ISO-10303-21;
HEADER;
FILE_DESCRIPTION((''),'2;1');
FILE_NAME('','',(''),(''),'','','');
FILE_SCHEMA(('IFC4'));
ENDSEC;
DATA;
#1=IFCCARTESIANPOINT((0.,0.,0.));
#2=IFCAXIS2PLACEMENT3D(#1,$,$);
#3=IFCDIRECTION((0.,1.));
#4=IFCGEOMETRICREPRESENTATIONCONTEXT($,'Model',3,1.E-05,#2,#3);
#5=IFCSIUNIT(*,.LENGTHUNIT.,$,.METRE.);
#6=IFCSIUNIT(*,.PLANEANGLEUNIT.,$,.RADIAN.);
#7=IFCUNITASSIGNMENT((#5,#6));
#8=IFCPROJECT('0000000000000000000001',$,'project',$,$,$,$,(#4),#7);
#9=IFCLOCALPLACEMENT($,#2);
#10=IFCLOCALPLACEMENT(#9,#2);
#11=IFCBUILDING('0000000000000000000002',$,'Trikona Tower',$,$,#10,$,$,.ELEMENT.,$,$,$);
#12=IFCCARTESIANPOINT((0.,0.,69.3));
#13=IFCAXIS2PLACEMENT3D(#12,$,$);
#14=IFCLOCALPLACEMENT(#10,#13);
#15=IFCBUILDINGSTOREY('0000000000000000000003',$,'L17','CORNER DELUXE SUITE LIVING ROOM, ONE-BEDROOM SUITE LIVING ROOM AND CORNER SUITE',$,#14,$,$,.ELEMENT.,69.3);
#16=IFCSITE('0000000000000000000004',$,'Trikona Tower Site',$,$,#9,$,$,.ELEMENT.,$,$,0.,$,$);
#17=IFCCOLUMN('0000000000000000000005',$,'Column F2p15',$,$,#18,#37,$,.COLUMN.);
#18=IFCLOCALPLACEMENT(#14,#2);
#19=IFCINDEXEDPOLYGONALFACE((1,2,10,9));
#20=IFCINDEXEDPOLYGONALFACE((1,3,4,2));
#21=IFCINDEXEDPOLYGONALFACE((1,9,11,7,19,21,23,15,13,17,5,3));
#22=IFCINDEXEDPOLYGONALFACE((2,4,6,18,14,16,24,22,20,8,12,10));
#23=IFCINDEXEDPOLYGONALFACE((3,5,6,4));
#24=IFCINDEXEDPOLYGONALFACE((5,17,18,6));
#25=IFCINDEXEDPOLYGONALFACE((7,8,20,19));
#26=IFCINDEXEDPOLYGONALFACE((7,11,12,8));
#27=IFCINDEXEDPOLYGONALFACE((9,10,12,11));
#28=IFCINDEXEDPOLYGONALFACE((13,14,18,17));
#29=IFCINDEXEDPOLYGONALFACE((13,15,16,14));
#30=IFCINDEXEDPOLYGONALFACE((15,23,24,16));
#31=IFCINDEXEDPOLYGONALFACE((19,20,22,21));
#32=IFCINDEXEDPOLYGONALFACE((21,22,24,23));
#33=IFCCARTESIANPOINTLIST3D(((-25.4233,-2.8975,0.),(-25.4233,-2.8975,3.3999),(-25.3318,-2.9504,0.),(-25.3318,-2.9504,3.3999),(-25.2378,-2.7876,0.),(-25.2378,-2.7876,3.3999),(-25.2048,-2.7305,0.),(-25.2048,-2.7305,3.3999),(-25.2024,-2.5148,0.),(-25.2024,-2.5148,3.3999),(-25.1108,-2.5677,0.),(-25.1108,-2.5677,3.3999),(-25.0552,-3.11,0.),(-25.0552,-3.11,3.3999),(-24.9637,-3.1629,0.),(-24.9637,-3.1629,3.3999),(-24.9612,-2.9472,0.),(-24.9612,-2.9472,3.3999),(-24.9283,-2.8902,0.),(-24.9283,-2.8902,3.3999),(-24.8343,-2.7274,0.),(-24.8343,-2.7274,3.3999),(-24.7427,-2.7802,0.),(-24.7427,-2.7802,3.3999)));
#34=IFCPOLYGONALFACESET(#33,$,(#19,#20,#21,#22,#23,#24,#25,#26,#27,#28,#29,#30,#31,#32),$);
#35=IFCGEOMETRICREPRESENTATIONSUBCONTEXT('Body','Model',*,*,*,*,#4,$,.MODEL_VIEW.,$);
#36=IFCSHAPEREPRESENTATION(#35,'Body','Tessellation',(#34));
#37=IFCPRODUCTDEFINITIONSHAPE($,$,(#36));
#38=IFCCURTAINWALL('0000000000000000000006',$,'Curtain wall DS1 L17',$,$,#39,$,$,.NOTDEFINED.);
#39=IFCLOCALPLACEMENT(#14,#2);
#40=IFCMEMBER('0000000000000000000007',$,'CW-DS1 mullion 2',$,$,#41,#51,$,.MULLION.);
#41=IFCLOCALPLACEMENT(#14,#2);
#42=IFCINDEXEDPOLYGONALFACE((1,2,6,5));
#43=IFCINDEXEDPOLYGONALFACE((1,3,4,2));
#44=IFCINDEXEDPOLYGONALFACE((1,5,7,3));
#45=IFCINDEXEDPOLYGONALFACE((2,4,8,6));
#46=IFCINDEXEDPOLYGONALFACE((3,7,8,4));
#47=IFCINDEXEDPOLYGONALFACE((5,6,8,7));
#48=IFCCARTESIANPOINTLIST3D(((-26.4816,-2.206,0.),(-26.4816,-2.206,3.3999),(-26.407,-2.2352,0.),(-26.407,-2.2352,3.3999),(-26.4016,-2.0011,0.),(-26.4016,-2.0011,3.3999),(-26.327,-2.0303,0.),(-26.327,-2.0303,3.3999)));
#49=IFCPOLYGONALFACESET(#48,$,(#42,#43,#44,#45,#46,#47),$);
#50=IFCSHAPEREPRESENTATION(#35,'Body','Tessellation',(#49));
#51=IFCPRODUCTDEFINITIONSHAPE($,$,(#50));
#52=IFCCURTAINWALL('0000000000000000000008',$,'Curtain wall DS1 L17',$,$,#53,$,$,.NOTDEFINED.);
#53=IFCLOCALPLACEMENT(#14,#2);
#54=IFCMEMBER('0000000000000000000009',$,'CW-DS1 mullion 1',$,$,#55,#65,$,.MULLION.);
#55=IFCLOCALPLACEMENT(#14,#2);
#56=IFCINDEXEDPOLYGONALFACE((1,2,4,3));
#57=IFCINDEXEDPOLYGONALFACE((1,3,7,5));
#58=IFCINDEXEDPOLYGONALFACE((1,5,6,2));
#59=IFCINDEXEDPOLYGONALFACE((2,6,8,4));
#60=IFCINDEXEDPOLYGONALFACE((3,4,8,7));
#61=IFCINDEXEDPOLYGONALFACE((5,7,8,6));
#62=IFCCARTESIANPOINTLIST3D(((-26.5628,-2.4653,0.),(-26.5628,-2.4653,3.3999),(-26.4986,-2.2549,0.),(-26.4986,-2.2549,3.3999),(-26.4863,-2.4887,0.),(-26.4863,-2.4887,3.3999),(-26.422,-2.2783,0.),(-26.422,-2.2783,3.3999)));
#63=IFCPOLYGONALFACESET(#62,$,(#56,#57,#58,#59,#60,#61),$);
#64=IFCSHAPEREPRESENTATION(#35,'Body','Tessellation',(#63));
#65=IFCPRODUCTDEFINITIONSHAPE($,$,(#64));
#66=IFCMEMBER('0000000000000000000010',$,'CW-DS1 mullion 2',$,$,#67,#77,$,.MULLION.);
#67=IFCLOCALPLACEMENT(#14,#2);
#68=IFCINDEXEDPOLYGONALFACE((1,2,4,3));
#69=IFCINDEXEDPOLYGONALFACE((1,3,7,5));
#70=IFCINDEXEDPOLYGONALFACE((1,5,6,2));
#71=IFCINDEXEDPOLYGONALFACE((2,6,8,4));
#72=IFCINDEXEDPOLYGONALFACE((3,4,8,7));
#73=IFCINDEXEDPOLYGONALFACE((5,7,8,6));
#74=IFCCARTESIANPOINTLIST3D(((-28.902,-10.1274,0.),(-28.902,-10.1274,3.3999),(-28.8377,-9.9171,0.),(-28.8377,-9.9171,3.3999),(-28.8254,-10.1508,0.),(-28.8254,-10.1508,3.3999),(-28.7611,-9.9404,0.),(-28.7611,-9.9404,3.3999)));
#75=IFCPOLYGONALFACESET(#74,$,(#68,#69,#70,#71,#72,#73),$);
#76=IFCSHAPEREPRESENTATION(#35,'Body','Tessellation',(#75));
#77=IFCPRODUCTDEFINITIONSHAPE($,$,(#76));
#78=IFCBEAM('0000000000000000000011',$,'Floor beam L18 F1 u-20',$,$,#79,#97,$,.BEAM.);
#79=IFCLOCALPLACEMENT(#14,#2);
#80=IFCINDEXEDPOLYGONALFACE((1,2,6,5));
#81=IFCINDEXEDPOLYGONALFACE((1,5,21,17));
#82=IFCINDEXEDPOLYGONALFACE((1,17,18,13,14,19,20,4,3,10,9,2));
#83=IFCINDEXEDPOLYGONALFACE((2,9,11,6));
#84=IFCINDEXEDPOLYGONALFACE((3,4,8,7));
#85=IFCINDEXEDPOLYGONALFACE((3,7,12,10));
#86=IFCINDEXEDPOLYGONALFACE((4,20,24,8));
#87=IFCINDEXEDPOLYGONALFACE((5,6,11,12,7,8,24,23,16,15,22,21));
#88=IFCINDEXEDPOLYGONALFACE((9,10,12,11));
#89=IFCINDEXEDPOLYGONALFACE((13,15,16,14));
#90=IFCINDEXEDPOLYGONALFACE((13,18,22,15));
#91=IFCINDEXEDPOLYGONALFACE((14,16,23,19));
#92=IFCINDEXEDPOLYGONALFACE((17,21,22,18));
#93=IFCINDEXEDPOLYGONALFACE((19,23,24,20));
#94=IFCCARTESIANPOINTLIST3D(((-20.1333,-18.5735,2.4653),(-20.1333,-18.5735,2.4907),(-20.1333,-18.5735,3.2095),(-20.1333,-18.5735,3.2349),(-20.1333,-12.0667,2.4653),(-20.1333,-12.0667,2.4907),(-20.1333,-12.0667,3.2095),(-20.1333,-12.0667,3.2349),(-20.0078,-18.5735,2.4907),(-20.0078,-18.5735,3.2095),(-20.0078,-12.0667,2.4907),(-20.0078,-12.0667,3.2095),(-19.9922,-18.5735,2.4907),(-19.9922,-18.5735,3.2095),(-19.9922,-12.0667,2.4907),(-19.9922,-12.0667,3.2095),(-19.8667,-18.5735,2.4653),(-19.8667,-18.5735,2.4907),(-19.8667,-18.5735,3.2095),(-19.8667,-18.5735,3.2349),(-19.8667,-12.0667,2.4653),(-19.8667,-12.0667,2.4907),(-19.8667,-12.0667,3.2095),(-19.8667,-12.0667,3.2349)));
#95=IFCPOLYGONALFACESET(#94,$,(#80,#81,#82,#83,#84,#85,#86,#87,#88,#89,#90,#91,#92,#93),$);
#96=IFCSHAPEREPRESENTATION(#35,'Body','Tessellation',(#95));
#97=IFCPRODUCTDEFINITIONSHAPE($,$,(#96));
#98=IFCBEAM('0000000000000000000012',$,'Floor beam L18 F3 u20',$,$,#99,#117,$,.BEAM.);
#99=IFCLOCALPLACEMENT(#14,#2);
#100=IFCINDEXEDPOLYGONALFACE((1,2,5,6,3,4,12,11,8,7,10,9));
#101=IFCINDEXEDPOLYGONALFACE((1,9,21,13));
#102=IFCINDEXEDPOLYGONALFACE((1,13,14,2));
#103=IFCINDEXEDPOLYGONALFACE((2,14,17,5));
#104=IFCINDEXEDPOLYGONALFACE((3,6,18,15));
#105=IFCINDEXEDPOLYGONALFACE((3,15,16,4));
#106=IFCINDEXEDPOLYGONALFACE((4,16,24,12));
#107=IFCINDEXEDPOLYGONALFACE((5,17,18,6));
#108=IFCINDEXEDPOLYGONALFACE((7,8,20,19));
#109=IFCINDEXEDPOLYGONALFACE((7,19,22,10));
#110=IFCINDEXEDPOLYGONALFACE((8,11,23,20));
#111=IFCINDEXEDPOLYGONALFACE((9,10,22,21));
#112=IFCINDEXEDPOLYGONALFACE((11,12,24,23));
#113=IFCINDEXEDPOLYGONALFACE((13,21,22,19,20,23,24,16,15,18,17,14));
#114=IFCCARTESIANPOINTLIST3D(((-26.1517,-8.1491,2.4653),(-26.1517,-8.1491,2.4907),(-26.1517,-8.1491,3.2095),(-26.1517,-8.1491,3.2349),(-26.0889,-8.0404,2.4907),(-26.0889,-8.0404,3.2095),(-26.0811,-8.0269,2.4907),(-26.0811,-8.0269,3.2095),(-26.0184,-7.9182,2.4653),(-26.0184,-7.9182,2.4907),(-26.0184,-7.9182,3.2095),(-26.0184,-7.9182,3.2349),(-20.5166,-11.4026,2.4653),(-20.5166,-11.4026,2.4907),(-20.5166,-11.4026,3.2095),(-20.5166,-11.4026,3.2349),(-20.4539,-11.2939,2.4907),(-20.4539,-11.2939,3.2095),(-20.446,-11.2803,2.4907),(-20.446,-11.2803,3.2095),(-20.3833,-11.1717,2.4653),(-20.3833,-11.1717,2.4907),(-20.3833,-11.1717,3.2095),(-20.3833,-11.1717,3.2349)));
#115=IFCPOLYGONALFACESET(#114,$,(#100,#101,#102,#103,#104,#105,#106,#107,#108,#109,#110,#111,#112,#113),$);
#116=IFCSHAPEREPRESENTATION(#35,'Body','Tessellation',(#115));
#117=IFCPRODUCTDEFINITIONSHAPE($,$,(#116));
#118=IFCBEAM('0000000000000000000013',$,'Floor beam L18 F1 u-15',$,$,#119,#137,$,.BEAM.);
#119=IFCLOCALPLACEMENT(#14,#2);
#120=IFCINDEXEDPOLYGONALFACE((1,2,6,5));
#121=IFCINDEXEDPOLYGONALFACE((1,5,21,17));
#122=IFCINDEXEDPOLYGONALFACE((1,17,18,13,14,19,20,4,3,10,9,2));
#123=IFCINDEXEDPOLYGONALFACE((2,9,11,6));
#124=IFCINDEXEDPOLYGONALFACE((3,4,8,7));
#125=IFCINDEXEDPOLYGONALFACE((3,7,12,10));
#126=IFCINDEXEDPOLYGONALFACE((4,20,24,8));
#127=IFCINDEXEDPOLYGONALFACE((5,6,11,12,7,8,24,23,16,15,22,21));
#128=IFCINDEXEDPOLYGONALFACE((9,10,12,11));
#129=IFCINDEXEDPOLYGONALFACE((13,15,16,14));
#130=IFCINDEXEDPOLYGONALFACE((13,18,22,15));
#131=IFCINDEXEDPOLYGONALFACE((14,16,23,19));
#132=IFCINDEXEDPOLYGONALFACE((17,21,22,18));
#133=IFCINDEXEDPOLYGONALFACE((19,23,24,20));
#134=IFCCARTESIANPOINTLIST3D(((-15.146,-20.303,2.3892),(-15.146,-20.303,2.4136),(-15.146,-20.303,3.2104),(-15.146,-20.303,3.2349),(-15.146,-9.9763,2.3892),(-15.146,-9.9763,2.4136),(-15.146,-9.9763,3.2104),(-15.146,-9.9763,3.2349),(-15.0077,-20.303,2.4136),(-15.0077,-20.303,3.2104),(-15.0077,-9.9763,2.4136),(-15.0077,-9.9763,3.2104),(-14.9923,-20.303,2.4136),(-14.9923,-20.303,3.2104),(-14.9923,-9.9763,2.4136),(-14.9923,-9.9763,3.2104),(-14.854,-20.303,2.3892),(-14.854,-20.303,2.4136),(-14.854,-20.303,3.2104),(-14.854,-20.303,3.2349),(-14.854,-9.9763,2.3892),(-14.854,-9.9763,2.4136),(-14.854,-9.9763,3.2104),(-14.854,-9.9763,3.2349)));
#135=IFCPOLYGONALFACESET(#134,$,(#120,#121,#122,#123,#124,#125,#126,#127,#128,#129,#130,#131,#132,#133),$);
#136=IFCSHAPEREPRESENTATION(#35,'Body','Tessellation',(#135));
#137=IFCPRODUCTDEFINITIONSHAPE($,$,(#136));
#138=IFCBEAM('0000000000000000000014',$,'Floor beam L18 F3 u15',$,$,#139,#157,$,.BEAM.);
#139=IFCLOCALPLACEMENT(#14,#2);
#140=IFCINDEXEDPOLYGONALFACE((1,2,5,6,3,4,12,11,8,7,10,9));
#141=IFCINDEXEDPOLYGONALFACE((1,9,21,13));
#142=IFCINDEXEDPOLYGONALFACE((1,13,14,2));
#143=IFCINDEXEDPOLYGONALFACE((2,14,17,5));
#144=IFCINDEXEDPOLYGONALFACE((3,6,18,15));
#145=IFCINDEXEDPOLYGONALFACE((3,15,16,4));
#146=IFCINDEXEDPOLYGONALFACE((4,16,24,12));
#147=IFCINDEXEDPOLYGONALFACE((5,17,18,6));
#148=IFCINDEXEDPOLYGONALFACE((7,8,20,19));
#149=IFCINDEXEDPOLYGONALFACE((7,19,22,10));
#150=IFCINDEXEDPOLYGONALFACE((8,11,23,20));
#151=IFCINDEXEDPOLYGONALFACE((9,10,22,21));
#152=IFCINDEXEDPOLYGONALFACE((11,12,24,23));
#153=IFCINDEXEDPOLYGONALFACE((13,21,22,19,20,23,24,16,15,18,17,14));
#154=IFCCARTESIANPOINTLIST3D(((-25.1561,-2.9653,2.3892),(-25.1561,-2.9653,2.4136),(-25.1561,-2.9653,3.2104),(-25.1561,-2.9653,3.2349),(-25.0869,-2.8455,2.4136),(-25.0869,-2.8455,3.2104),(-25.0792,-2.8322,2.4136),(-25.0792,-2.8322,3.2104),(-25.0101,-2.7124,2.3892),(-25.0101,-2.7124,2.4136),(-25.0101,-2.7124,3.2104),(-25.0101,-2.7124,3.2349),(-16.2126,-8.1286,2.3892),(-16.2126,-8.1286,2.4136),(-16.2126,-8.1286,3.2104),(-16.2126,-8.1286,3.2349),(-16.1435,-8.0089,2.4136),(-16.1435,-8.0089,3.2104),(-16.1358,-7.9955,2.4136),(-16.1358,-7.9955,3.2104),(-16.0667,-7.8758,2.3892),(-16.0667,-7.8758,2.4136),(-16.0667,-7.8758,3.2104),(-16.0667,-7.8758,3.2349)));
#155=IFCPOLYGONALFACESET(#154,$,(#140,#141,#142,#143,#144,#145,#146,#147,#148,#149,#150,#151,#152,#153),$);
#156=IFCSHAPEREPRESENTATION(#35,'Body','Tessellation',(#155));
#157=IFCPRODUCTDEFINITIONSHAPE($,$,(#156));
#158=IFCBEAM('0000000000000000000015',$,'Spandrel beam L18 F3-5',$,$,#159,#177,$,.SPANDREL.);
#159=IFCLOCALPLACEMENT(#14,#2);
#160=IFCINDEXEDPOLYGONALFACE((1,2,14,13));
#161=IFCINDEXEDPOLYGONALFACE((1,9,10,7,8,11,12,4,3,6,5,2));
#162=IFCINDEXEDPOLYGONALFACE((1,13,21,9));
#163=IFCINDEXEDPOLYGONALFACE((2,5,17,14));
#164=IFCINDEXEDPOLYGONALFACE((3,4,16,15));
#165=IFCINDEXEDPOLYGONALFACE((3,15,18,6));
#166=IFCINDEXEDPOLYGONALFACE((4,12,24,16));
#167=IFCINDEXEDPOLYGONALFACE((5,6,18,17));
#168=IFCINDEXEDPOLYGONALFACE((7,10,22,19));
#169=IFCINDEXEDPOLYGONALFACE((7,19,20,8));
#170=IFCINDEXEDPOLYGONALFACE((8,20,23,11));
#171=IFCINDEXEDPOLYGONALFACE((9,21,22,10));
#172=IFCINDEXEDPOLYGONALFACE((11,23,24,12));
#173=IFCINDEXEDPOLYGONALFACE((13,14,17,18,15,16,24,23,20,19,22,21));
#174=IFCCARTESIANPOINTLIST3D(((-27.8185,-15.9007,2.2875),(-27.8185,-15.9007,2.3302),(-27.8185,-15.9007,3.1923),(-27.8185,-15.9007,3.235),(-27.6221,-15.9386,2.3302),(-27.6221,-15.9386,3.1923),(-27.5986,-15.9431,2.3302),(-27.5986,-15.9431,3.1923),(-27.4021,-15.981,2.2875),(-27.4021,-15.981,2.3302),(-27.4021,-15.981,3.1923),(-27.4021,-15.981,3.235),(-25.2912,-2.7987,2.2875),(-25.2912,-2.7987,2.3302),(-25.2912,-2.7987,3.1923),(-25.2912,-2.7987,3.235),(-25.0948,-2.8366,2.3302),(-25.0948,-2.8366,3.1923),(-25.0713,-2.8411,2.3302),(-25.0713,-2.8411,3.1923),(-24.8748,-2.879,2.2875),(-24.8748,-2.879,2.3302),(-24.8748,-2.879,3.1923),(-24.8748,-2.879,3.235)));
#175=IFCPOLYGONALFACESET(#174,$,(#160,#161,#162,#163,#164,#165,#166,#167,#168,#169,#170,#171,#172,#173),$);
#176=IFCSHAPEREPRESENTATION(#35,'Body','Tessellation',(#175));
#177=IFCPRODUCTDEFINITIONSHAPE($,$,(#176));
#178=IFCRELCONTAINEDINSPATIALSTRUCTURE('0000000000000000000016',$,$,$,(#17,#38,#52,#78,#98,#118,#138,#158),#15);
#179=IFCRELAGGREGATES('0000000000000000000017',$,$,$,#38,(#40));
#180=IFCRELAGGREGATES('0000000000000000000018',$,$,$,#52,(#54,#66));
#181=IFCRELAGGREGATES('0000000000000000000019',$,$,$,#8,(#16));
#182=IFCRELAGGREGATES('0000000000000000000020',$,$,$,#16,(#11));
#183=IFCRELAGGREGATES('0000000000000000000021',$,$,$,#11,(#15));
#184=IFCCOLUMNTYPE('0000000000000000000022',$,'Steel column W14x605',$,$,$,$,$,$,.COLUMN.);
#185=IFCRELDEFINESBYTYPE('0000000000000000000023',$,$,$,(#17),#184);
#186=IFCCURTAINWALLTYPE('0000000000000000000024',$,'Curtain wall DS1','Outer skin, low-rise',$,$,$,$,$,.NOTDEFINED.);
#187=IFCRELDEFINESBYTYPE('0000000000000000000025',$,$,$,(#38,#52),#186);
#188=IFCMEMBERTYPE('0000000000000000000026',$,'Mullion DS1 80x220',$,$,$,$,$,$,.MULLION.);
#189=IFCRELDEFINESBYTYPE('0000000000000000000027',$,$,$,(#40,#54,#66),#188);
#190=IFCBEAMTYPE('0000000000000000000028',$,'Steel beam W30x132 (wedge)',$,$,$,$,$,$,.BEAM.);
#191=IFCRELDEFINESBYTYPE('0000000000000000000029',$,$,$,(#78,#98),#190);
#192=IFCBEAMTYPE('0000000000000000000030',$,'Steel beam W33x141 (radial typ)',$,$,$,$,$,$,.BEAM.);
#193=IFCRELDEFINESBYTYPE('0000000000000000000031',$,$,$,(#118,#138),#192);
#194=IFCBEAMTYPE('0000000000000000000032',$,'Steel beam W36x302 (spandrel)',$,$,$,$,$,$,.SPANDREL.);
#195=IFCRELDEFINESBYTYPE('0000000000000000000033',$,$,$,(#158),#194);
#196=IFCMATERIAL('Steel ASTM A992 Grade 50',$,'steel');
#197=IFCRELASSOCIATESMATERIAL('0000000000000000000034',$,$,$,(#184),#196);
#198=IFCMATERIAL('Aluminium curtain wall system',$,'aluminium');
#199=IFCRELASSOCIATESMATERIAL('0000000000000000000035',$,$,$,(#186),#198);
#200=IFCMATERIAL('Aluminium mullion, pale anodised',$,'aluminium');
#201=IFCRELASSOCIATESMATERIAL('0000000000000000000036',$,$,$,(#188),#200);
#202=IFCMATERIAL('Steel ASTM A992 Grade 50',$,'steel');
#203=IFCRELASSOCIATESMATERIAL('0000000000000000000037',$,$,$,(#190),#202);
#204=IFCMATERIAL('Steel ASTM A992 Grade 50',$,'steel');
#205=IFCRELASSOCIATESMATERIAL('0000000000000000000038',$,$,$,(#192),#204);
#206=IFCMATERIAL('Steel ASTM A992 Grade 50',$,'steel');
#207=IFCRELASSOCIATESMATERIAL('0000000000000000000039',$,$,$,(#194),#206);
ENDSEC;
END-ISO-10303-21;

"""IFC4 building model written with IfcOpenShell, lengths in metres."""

from ifc_helpers import new_model, si_unit, direction, frame, origin, origin_2d, place, context, subcontext, project, spatial, rectangle, i_section, extrude, material, material_profile, profile_set, type_object, element, aggregate, save


model = new_model("IFC4")

# Units and contexts
model_context = context("Model", 3, precision=1e-05, world=origin(), true_north=direction((0.0, 1.0)))
body_context = subcontext(model_context, "Body", "Model", "MODEL_VIEW")
ifc_project = project(units=[si_unit("LENGTHUNIT", "METRE"), si_unit("PLANEANGLEUNIT", "RADIAN")], contexts=[model_context])

# Site, building, storey
site_placement = place(None, origin())
site = spatial("IfcSite", under=ifc_project, at=site_placement, Name="Trikona Tower Site", CompositionType="ELEMENT", RefElevation=0.0)
building_placement = place(site_placement, origin())
building = spatial("IfcBuilding", under=site, at=building_placement, Name="Trikona Tower", CompositionType="ELEMENT")
storey_placement = place(building_placement, frame((0.0, 0.0, 69.3)))
storey = spatial("IfcBuildingStorey", under=building, at=storey_placement, Name="L17", Description="CORNER DELUXE SUITE LIVING ROOM, ONE-BEDROOM SUITE LIVING ROOM AND CORNER SUITE", CompositionType="ELEMENT", Elevation=69.3)

# Column
ifc_material_1 = material(Name="Steel ASTM A992 Grade 50", Category="steel")
ifc_material_profile_1 = material_profile(ifc_material_1, i_section(OverallWidth=0.4419, OverallDepth=0.5308, WebThickness=0.0659, FlangeThickness=0.1057, at=origin_2d()), Name="W14X605")
ifc_profile_set_1 = profile_set([ifc_material_profile_1], Name="Steel ASTM A992 Grade 50")
column_type = type_object("IfcColumnType", Name="Steel column W14x605", PredefinedType="COLUMN", material=ifc_profile_set_1)
column_placement = place(storey_placement, frame((-25.083, -2.8389, 0.0), z_axis=(0.0, 0.0, 1.0), x_axis=(-0.5, -0.866025, 0.0)))
element("IfcColumn", 1, at=column_placement, inside=storey, type_object=column_type, Name="Column F2p15", PredefinedType="COLUMN", context=body_context, shape_type="SweptSolid", body=[
    extrude(i_section(OverallWidth=0.4419, OverallDepth=0.5308, WebThickness=0.0659, FlangeThickness=0.1057, at=origin_2d()), origin(), (0.0, 0.0, 1.0), 3.3999),
])

# Curtain wall, member
ifc_material_2 = material(Name="Aluminium curtain wall system", Category="aluminium")
curtain_wall_type = type_object("IfcCurtainWallType", Name="Curtain wall DS1", Description="Outer skin, low-rise", PredefinedType="NOTDEFINED", material=ifc_material_2)
curtain_wall_1_placement = place(storey_placement, origin())
curtain_wall_1 = element("IfcCurtainWall", 2, at=curtain_wall_1_placement, inside=storey, type_object=curtain_wall_type, Name="Curtain wall DS1 L17", PredefinedType="NOTDEFINED")
ifc_material_3 = material(Name="Aluminium mullion, pale anodised", Category="aluminium")
ifc_material_profile_2 = material_profile(ifc_material_3, rectangle(XDim=0.0801, YDim=0.22, at=origin_2d()), Name="MUL-DS1")
ifc_profile_set_2 = profile_set([ifc_material_profile_2], Name="Aluminium mullion, pale anodised")
member_type_1 = type_object("IfcMemberType", Name="Mullion DS1 80x220", PredefinedType="MULLION", material=ifc_profile_set_2)
member_1_placement = place(storey_placement, frame((-26.4043, -2.1182, 0.0), z_axis=(0.0, 0.0, 1.0), x_axis=(0.931396, -0.364008, 0.0)))
member_1 = element("IfcMember", 3, at=member_1_placement, type_object=member_type_1, Name="CW-DS1 mullion 2", PredefinedType="MULLION", context=body_context, shape_type="SweptSolid", body=[
    extrude(rectangle(XDim=0.0801, YDim=0.22, at=origin_2d()), origin(), (0.0, 0.0, 1.0), 3.3999),
])
aggregate(curtain_wall_1, [member_1])

# Curtain wall, members
curtain_wall_2_placement = place(storey_placement, origin())
curtain_wall_2 = element("IfcCurtainWall", 4, at=curtain_wall_2_placement, inside=storey, type_object=curtain_wall_type, Name="Curtain wall DS1 L17", PredefinedType="NOTDEFINED")
member_2_placement = place(storey_placement, frame((-26.4924, -2.3718, 0.0), z_axis=(0.0, 0.0, 1.0), x_axis=(0.956423, -0.291984, 0.0)))
member_2 = element("IfcMember", 5, at=member_2_placement, type_object=member_type_1, Name="CW-DS1 mullion 1", PredefinedType="MULLION", context=body_context, shape_type="SweptSolid", body=[
    extrude(rectangle(XDim=0.0801, YDim=0.22, at=origin_2d()), origin(), (0.0, 0.0, 1.0), 3.3999),
])
member_3_placement = place(storey_placement, frame((-28.8315, -10.0339, 0.0), z_axis=(0.0, 0.0, 1.0), x_axis=(0.956423, -0.291984, 0.0)))
member_3 = element("IfcMember", 6, at=member_3_placement, type_object=member_type_1, Name="CW-DS1 mullion 2", PredefinedType="MULLION", context=body_context, shape_type="SweptSolid", body=[
    extrude(rectangle(XDim=0.0801, YDim=0.22, at=origin_2d()), origin(), (0.0, 0.0, 1.0), 3.3999),
])

# Beams
ifc_material_4 = material(Name="Steel ASTM A992 Grade 50", Category="steel")
ifc_material_profile_3 = material_profile(ifc_material_4, i_section(OverallWidth=0.2666, OverallDepth=0.7695, WebThickness=0.0156, FlangeThickness=0.0254, at=origin_2d()), Name="W30X132")
ifc_profile_set_3 = profile_set([ifc_material_profile_3], Name="Steel ASTM A992 Grade 50")
beam_type_1 = type_object("IfcBeamType", Name="Steel beam W30x132 (wedge)", PredefinedType="BEAM", material=ifc_profile_set_3)
for number, where, z_axis, x_axis, name in (
    (7, (-20.0, -12.0667, 2.8501), (0.0, -1.0, 0.0), (1.0, 0.0, 0.0), "Floor beam L18 F1 u-20"),
    (8, (-20.45, -11.2871, 2.8501), (-0.866023, 0.500005, 0.0), (-0.500005, -0.866023, 0.0), "Floor beam L18 F3 u20"),
):
    element("IfcBeam", number, at=place(storey_placement, frame(where, z_axis=z_axis, x_axis=x_axis)), inside=storey, type_object=beam_type_1, Name=name, PredefinedType="BEAM", context=body_context, shape_type="SweptSolid", body=[
        extrude(i_section(OverallWidth=0.2666, OverallDepth=0.7695, WebThickness=0.0156, FlangeThickness=0.0254, at=origin_2d()), origin(), (0.0, 0.0, 1.0), 6.5068),
    ])
ifc_material_5 = material(Name="Steel ASTM A992 Grade 50", Category="steel")
ifc_material_profile_4 = material_profile(ifc_material_5, i_section(OverallWidth=0.292, OverallDepth=0.8457, WebThickness=0.0154, FlangeThickness=0.0244, at=origin_2d()), Name="W33X141")
ifc_profile_set_4 = profile_set([ifc_material_profile_4], Name="Steel ASTM A992 Grade 50")
beam_type_2 = type_object("IfcBeamType", Name="Steel beam W33x141 (radial typ)", PredefinedType="BEAM", material=ifc_profile_set_4)
beam_1_placement = place(storey_placement, frame((-15.0, -9.9763, 2.812), z_axis=(0.0, -1.0, 0.0), x_axis=(1.0, 0.0, 0.0)))
element("IfcBeam", 9, at=beam_1_placement, inside=storey, type_object=beam_type_2, Name="Floor beam L18 F1 u-15", PredefinedType="BEAM", context=body_context, shape_type="SweptSolid", body=[
    extrude(i_section(OverallWidth=0.292, OverallDepth=0.8457, WebThickness=0.0154, FlangeThickness=0.0244, at=origin_2d()), origin(), (0.0, 0.0, 1.0), 10.3267),
])
beam_2_placement = place(storey_placement, frame((-16.1396, -8.0022, 2.812), z_axis=(-0.86603, 0.499991, 0.0), x_axis=(-0.499991, -0.86603, 0.0)))
element("IfcBeam", 10, at=beam_2_placement, inside=storey, type_object=beam_type_2, Name="Floor beam L18 F3 u15", PredefinedType="BEAM", context=body_context, shape_type="SweptSolid", body=[
    extrude(i_section(OverallWidth=0.292, OverallDepth=0.8457, WebThickness=0.0154, FlangeThickness=0.0244, at=origin_2d()), origin(), (0.0, 0.0, 1.0), 10.3269),
])
ifc_material_6 = material(Name="Steel ASTM A992 Grade 50", Category="steel")
ifc_material_profile_5 = material_profile(ifc_material_6, i_section(OverallWidth=0.4241, OverallDepth=0.9475, WebThickness=0.0239, FlangeThickness=0.0427, at=origin_2d()), Name="W36X302")
ifc_profile_set_5 = profile_set([ifc_material_profile_5], Name="Steel ASTM A992 Grade 50")
beam_type_3 = type_object("IfcBeamType", Name="Steel beam W36x302 (spandrel)", PredefinedType="SPANDREL", material=ifc_profile_set_5)
beam_3_placement = place(storey_placement, frame((-25.083, -2.8389, 2.7612), z_axis=(-0.189405, -0.981899, 0.0), x_axis=(0.981899, -0.189405, 0.0)))
element("IfcBeam", 11, at=beam_3_placement, inside=storey, type_object=beam_type_3, Name="Spandrel beam L18 F3-5", PredefinedType="SPANDREL", context=body_context, shape_type="SweptSolid", body=[
    extrude(i_section(OverallWidth=0.4241, OverallDepth=0.9475, WebThickness=0.0239, FlangeThickness=0.0427, at=origin_2d()), origin(), (0.0, 0.0, 1.0), 13.3435),
])

aggregate(curtain_wall_2, [member_2, member_3])

save(model, "model.ifc")
